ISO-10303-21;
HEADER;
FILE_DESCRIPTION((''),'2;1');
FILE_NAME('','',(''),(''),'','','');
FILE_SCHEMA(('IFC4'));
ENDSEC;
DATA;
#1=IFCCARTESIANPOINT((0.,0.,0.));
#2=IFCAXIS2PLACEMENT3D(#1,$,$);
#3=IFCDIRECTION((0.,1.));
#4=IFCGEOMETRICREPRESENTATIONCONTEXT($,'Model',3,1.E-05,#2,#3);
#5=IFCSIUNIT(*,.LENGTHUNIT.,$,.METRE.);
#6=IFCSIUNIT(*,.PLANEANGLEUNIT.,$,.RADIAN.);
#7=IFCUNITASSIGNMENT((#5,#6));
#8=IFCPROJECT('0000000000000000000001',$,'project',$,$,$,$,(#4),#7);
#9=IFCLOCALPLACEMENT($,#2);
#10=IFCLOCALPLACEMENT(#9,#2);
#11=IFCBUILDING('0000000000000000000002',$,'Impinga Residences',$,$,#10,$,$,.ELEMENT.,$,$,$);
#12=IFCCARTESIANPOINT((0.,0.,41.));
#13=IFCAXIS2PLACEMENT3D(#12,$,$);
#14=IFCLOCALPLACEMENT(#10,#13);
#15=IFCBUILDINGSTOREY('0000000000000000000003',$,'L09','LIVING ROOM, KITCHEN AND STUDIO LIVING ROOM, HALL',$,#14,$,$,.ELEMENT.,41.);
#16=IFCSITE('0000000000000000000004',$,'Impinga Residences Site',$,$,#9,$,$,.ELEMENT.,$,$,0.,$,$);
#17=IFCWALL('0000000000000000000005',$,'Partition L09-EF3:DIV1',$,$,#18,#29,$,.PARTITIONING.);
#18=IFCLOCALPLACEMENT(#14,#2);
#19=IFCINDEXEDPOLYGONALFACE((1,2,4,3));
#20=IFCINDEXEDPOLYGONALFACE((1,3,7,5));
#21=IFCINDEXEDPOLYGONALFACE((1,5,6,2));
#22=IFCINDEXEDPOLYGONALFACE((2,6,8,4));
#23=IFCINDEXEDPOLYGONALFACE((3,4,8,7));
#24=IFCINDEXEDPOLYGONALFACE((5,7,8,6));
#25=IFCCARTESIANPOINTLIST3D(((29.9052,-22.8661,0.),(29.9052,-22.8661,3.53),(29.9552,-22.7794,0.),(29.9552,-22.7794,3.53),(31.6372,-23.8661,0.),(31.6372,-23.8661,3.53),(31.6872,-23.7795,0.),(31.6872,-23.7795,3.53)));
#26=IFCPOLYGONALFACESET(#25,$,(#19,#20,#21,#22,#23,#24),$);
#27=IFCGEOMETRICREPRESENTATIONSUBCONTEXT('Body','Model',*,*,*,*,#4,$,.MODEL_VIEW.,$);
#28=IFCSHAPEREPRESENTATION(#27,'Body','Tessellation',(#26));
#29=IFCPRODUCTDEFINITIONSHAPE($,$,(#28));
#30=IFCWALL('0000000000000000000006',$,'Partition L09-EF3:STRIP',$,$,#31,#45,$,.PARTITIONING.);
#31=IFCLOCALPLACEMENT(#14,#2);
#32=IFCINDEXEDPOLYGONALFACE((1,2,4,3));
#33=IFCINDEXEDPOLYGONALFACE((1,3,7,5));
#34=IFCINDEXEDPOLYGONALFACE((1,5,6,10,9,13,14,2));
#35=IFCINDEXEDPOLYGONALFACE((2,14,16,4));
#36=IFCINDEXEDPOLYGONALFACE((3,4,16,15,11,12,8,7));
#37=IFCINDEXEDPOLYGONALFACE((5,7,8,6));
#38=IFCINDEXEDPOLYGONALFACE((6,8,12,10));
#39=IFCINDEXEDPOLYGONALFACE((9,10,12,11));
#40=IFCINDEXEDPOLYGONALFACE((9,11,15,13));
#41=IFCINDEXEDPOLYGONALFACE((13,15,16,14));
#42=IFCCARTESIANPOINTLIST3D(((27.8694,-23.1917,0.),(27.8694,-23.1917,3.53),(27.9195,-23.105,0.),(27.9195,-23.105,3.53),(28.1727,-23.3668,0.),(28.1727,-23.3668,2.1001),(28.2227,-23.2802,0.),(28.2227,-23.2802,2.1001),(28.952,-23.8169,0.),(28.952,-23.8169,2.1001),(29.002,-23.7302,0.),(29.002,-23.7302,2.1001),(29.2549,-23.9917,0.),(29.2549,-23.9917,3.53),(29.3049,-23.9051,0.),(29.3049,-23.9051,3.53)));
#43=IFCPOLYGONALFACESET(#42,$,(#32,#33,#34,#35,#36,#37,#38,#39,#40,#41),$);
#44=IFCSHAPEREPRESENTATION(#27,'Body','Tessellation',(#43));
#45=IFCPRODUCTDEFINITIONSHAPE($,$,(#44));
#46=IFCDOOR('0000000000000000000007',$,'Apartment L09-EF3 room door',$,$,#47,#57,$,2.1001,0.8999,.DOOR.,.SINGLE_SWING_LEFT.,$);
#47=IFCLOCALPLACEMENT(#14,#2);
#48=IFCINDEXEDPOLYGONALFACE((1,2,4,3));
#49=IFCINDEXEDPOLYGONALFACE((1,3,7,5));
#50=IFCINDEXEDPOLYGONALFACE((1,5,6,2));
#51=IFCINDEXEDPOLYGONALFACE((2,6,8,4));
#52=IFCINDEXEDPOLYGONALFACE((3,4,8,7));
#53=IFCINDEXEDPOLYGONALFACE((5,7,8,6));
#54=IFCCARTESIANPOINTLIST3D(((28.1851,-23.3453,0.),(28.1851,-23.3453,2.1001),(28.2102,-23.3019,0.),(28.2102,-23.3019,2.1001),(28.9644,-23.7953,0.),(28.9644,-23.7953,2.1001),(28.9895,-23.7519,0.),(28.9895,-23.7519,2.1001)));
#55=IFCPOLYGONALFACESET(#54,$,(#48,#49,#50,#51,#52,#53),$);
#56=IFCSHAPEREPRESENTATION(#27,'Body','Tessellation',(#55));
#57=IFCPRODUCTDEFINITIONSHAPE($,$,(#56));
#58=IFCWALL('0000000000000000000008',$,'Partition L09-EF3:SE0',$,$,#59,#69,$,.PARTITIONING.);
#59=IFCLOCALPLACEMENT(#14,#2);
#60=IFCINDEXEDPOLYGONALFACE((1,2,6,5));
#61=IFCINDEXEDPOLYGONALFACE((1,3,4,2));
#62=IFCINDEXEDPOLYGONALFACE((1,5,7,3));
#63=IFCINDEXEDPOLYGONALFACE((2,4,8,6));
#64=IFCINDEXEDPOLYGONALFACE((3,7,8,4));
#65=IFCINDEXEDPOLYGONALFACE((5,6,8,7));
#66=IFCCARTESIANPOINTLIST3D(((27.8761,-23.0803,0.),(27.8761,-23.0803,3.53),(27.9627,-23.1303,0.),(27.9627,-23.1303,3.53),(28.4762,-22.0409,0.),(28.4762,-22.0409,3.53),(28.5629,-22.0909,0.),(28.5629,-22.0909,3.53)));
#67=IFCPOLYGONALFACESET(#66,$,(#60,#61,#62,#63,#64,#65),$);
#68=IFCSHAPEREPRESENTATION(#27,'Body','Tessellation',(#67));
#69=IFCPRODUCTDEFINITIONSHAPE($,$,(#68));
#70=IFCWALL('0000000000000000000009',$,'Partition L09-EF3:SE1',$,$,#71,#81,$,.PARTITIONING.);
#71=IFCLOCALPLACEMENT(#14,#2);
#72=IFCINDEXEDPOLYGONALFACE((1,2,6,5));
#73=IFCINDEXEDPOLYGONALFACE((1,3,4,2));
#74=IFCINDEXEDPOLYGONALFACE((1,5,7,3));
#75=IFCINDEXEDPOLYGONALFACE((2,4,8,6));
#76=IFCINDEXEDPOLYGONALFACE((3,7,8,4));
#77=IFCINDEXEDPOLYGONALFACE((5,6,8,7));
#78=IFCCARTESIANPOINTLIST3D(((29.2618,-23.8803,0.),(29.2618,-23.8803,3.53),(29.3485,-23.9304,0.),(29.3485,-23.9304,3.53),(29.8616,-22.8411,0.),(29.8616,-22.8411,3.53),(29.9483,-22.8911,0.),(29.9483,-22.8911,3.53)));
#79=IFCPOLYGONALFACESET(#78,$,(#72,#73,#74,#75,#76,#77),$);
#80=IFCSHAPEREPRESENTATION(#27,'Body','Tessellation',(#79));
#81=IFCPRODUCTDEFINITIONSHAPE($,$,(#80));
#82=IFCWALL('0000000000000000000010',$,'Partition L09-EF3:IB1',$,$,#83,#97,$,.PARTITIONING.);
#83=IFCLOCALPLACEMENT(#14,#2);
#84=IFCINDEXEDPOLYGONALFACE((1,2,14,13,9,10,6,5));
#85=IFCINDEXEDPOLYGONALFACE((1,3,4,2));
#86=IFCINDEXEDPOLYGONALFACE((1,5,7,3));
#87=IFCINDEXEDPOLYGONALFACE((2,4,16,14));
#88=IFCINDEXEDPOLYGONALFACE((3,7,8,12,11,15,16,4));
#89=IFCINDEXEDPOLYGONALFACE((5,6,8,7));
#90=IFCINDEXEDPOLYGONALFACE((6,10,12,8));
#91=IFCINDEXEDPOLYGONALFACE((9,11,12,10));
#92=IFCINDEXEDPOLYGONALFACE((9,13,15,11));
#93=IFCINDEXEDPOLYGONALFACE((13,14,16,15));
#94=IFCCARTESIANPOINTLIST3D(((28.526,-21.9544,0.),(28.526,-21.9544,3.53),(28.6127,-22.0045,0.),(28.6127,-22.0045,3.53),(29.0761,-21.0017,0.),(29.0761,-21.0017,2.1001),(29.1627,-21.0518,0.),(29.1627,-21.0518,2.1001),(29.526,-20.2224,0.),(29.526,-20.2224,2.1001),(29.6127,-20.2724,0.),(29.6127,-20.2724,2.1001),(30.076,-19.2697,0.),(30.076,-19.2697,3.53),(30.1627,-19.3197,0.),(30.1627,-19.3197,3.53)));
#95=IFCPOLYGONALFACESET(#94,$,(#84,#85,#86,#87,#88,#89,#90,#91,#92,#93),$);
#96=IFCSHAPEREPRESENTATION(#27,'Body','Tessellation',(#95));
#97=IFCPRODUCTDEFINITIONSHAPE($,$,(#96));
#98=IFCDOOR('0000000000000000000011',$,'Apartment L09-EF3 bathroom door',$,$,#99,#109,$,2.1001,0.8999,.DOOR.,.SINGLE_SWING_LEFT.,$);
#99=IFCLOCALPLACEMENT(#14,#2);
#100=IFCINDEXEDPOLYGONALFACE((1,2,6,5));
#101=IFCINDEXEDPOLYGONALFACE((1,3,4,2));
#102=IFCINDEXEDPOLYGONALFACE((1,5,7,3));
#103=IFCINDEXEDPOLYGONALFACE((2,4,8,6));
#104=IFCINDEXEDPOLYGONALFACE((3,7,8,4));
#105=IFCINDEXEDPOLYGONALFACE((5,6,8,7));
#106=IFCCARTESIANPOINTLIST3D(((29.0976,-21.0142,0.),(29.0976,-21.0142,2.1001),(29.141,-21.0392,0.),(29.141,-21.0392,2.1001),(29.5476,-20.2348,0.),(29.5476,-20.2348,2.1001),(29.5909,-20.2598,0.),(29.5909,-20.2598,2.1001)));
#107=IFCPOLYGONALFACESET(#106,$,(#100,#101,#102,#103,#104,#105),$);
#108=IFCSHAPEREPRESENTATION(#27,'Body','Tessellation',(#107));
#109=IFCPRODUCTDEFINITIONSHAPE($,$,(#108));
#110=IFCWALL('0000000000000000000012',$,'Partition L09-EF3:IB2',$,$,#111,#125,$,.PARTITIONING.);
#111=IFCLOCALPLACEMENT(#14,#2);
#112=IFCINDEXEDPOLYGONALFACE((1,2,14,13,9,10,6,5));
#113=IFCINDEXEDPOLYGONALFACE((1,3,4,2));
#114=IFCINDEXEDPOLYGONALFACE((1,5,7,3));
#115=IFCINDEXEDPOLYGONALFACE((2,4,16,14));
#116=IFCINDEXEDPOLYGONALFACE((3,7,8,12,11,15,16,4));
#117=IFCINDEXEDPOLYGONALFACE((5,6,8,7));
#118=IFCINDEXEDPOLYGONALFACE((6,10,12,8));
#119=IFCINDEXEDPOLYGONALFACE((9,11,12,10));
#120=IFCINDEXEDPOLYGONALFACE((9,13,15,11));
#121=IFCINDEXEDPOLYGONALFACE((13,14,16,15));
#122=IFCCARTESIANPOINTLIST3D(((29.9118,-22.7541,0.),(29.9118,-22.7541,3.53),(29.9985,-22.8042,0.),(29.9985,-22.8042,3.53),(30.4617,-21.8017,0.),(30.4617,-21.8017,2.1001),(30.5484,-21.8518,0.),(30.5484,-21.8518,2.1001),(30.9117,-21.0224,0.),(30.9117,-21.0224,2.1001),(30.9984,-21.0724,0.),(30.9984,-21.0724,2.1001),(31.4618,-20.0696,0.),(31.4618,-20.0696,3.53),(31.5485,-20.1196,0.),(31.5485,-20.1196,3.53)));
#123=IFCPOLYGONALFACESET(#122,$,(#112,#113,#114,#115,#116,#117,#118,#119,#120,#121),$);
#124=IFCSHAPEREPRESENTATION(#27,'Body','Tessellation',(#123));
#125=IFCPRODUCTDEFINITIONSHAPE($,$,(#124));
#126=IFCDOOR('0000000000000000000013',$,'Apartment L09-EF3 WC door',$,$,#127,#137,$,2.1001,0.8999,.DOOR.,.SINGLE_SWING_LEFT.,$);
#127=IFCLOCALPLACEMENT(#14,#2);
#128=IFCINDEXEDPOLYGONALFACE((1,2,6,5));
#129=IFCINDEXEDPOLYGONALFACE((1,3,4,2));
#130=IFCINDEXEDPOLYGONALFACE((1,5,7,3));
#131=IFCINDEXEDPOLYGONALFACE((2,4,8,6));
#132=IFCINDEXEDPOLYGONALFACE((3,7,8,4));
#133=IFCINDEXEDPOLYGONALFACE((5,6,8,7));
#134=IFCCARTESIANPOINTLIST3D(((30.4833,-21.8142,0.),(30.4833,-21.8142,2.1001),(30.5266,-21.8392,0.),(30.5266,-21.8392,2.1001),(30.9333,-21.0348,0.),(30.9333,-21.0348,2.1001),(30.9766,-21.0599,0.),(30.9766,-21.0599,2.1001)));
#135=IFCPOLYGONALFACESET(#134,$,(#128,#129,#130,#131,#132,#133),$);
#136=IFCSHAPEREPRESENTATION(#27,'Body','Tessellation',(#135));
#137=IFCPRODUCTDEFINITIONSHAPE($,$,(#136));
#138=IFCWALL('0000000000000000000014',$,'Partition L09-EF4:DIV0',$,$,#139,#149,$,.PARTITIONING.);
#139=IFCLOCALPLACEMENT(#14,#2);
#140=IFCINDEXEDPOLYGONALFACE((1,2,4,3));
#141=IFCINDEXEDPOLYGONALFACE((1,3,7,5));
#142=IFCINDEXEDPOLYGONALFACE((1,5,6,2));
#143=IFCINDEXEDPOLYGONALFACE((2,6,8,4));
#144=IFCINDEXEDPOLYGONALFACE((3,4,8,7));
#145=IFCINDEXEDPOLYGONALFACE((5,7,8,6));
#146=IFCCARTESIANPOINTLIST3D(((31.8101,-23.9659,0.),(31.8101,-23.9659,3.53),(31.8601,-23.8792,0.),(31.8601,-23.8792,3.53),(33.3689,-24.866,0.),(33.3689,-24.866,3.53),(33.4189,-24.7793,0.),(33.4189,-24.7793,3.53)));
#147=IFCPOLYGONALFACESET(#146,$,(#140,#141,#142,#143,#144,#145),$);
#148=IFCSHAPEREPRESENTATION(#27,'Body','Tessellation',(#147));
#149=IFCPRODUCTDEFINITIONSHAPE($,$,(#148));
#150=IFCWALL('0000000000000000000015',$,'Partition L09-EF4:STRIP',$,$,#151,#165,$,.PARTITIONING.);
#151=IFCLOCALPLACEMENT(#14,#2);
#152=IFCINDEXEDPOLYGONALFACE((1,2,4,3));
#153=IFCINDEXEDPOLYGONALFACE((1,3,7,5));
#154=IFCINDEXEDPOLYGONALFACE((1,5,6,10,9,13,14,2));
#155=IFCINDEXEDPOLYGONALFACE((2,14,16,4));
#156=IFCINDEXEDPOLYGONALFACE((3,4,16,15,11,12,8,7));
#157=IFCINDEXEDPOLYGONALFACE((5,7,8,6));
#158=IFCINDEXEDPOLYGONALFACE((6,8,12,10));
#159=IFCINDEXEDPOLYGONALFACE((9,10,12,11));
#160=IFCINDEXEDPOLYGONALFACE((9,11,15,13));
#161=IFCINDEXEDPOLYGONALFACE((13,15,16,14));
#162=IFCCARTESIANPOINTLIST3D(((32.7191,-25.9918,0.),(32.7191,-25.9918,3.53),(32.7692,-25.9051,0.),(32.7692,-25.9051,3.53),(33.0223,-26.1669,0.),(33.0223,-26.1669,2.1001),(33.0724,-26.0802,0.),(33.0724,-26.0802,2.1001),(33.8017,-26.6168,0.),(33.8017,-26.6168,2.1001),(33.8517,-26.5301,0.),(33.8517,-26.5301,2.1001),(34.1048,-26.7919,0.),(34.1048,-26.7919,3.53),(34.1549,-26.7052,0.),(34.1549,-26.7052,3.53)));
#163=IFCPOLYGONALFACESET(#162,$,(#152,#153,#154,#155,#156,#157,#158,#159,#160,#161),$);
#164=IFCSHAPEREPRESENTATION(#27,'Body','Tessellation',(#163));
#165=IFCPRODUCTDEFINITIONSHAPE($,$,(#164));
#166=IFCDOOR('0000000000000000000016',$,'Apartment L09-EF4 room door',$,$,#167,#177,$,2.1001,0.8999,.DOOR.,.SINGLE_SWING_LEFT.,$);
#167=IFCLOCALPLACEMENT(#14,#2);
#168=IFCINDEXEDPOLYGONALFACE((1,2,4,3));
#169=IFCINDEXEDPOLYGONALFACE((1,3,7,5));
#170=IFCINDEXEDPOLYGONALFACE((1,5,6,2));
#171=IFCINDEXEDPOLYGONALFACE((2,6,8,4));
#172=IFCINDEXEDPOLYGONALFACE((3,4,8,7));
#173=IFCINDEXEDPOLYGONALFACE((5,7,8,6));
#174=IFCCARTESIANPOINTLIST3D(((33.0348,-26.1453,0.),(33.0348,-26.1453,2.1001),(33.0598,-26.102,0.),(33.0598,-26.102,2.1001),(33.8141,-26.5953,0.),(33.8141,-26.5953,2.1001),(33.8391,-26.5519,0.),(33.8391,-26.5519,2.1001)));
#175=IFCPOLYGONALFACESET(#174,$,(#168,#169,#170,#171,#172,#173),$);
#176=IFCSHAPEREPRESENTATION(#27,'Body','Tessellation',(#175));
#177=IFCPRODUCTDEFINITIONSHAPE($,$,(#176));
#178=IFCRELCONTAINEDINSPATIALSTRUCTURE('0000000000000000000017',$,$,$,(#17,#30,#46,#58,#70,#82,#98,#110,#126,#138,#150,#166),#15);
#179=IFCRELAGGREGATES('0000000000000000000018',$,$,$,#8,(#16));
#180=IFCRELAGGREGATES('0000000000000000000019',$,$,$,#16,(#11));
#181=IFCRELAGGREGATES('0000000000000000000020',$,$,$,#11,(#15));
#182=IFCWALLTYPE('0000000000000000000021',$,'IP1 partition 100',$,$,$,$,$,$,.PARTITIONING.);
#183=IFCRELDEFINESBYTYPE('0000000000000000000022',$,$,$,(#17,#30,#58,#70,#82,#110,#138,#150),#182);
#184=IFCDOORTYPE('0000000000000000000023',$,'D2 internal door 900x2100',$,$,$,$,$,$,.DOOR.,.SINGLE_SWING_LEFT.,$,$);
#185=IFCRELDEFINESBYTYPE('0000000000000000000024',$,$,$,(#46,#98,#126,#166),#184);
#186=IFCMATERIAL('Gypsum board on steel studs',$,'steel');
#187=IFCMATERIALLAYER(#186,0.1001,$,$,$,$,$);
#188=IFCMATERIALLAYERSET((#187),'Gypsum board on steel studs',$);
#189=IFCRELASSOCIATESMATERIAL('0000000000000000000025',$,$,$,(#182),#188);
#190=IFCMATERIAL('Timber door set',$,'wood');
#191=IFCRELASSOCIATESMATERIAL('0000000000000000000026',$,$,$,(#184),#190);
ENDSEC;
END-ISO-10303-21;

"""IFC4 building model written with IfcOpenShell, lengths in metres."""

from ifc_helpers import new_model, si_unit, direction, frame, frame_2d, origin, place, context, subcontext, project, spatial, rectangle, extrude, material, layer, layer_set, type_object, element, fill, save


model = new_model("IFC4")

# Units and contexts
model_context = context("Model", 3, precision=1e-05, world=origin(), true_north=direction((0.0, 1.0)))
body_context = subcontext(model_context, "Body", "Model", "MODEL_VIEW")
ifc_project = project(units=[si_unit("LENGTHUNIT", "METRE"), si_unit("PLANEANGLEUNIT", "RADIAN")], contexts=[model_context])

# Site, building, storey
site_placement = place(None, origin())
site = spatial("IfcSite", under=ifc_project, at=site_placement, Name="Impinga Residences Site", CompositionType="ELEMENT", RefElevation=0.0)
building_placement = place(site_placement, origin())
building = spatial("IfcBuilding", under=site, at=building_placement, Name="Impinga Residences", CompositionType="ELEMENT")
storey_placement = place(building_placement, frame((0.0, 0.0, 41.0)))
storey = spatial("IfcBuildingStorey", under=building, at=storey_placement, Name="L09", Description="LIVING ROOM, KITCHEN AND STUDIO LIVING ROOM, HALL", CompositionType="ELEMENT", Elevation=41.0)

# Wall
ifc_material_1 = material(Name="Gypsum board on steel studs", Category="steel")
ifc_layer_1 = layer(ifc_material_1, 0.1001)
ifc_layer_set_1 = layer_set([ifc_layer_1], Name="Gypsum board on steel studs")
wall_type_1 = type_object("IfcWallType", Name="IP1 partition 100", PredefinedType="PARTITIONING", material=ifc_layer_set_1)
wall_1_placement = place(storey_placement, frame((29.9302, -22.8228, 0.0), z_axis=(0.0, 0.0, 1.0), x_axis=(0.866011, -0.500025, 0.0)))
element("IfcWall", 1, at=wall_1_placement, inside=storey, type_object=wall_type_1, Name="Partition L09-EF3:DIV1", PredefinedType="PARTITIONING", context=body_context, shape_type="SweptSolid", body=[
    extrude(rectangle(XDim=2.0, YDim=0.1001, at=frame_2d((1.0, 0.0))), origin(), (0.0, 0.0, 1.0), 3.53),
])

# Wall, opening, door
wall_2_placement = place(storey_placement, frame((27.8945, -23.1484, 0.0), z_axis=(0.0, 0.0, 1.0), x_axis=(0.86599, -0.500061, 0.0)))
wall_2 = element("IfcWall", 2, at=wall_2_placement, inside=storey, type_object=wall_type_1, Name="Partition L09-EF3:STRIP", PredefinedType="PARTITIONING", context=body_context, shape_type="SweptSolid", body=[
    extrude(rectangle(XDim=1.5999, YDim=0.1001, at=frame_2d((0.7998, 0.0))), origin(), (0.0, 0.0, 1.0), 3.53),
])
opening_1_placement = place(wall_2_placement, frame((0.3501, 0.0, 0.0)))
opening_1 = element("IfcOpeningElement", 3, at=opening_1_placement, cuts=wall_2, PredefinedType="OPENING", context=body_context, shape_type="SweptSolid", body=[
    extrude(rectangle(XDim=0.8999, YDim=2.1001, at=frame_2d((0.45, 1.05))), frame((0.0, 0.0601, 0.0), z_axis=(0.0, -1.0, 0.0), x_axis=(1.0, 0.0, 0.0)), (0.0, 0.0, 1.0), 0.1201),
])
ifc_material_2 = material(Name="Timber door set", Category="wood")
door_type = type_object("IfcDoorType", Name="D2 internal door 900x2100", OperationType="SINGLE_SWING_LEFT", PredefinedType="DOOR", material=ifc_material_2)
door_1_placement = place(opening_1_placement, origin())
door_1 = element("IfcDoor", 4, at=door_1_placement, inside=storey, type_object=door_type, Name="Apartment L09-EF3 room door", OperationType="SINGLE_SWING_LEFT", OverallHeight=2.1001, OverallWidth=0.8999, PredefinedType="DOOR", context=body_context, shape_type="SweptSolid", body=[
    extrude(rectangle(XDim=0.8999, YDim=2.1001, at=frame_2d((0.45, 1.05))), frame((0.0, 0.0249, 0.0), z_axis=(0.0, -1.0, 0.0), x_axis=(1.0, 0.0, 0.0)), (0.0, 0.0, 1.0), 0.05),
])
fill(opening_1, door_1)

# Walls
wall_3_placement = place(storey_placement, frame((28.5195, -22.0659, 0.0), z_axis=(0.0, 0.0, 1.0), x_axis=(-0.500034, -0.866006, 0.0)))
element("IfcWall", 5, at=wall_3_placement, inside=storey, type_object=wall_type_1, Name="Partition L09-EF3:SE0", PredefinedType="PARTITIONING", context=body_context, shape_type="SweptSolid", body=[
    extrude(rectangle(XDim=1.2002, YDim=0.1001, at=frame_2d((0.6001, 0.0))), origin(), (0.0, 0.0, 1.0), 3.53),
])
wall_4_placement = place(storey_placement, frame((29.905, -22.866, 0.0), z_axis=(0.0, 0.0, 1.0), x_axis=(-0.499881, -0.866094, 0.0)))
element("IfcWall", 6, at=wall_4_placement, inside=storey, type_object=wall_type_1, Name="Partition L09-EF3:SE1", PredefinedType="PARTITIONING", context=body_context, shape_type="SweptSolid", body=[
    extrude(rectangle(XDim=1.2, YDim=0.1001, at=frame_2d((0.6001, 0.0))), origin(), (0.0, 0.0, 1.0), 3.53),
])

# Walls, openings, doors
wall_5_placement = place(storey_placement, frame((30.1194, -19.2947, 0.0), z_axis=(0.0, 0.0, 1.0), x_axis=(-0.499993, -0.86603, 0.0)))
wall_5 = element("IfcWall", 7, at=wall_5_placement, inside=storey, type_object=wall_type_1, Name="Partition L09-EF3:IB1", PredefinedType="PARTITIONING", context=body_context, shape_type="SweptSolid", body=[
    extrude(rectangle(XDim=3.1001, YDim=0.1001, at=frame_2d((1.55, 0.0))), origin(), (0.0, 0.0, 1.0), 3.53),
])
opening_2_placement = place(wall_5_placement, frame((1.1001, 0.0, 0.0)))
opening_2 = element("IfcOpeningElement", 8, at=opening_2_placement, cuts=wall_5, PredefinedType="OPENING", context=body_context, shape_type="SweptSolid", body=[
    extrude(rectangle(XDim=0.8999, YDim=2.1001, at=frame_2d((0.45, 1.05))), frame((0.0, 0.0601, 0.0), z_axis=(0.0, -1.0, 0.0), x_axis=(1.0, 0.0, 0.0)), (0.0, 0.0, 1.0), 0.1201),
])
door_2_placement = place(opening_2_placement, origin())
door_2 = element("IfcDoor", 9, at=door_2_placement, inside=storey, type_object=door_type, Name="Apartment L09-EF3 bathroom door", OperationType="SINGLE_SWING_LEFT", OverallHeight=2.1001, OverallWidth=0.8999, PredefinedType="DOOR", context=body_context, shape_type="SweptSolid", body=[
    extrude(rectangle(XDim=0.8999, YDim=2.1001, at=frame_2d((0.45, 1.05))), frame((0.0, 0.0249, 0.0), z_axis=(0.0, -1.0, 0.0), x_axis=(1.0, 0.0, 0.0)), (0.0, 0.0, 1.0), 0.05),
])
fill(opening_2, door_2)
wall_6_placement = place(storey_placement, frame((31.5051, -20.0947, 0.0), z_axis=(0.0, 0.0, 1.0), x_axis=(-0.500027, -0.86601, 0.0)))
wall_6 = element("IfcWall", 10, at=wall_6_placement, inside=storey, type_object=wall_type_1, Name="Partition L09-EF3:IB2", PredefinedType="PARTITIONING", context=body_context, shape_type="SweptSolid", body=[
    extrude(rectangle(XDim=3.0999, YDim=0.1001, at=frame_2d((1.5498, 0.0))), origin(), (0.0, 0.0, 1.0), 3.53),
])
opening_3_placement = place(wall_6_placement, frame((1.1001, 0.0, 0.0)))
opening_3 = element("IfcOpeningElement", 11, at=opening_3_placement, cuts=wall_6, PredefinedType="OPENING", context=body_context, shape_type="SweptSolid", body=[
    extrude(rectangle(XDim=0.8999, YDim=2.1001, at=frame_2d((0.45, 1.05))), frame((0.0, 0.0601, 0.0), z_axis=(0.0, -1.0, 0.0), x_axis=(1.0, 0.0, 0.0)), (0.0, 0.0, 1.0), 0.1201),
])
door_3_placement = place(opening_3_placement, origin())
door_3 = element("IfcDoor", 12, at=door_3_placement, inside=storey, type_object=door_type, Name="Apartment L09-EF3 WC door", OperationType="SINGLE_SWING_LEFT", OverallHeight=2.1001, OverallWidth=0.8999, PredefinedType="DOOR", context=body_context, shape_type="SweptSolid", body=[
    extrude(rectangle(XDim=0.8999, YDim=2.1001, at=frame_2d((0.45, 1.05))), frame((0.0, 0.0249, 0.0), z_axis=(0.0, -1.0, 0.0), x_axis=(1.0, 0.0, 0.0)), (0.0, 0.0, 1.0), 0.05),
])
fill(opening_3, door_3)

# Wall
wall_7_placement = place(storey_placement, frame((31.8352, -23.9226, 0.0), z_axis=(0.0, 0.0, 1.0), x_axis=(0.865989, -0.500063, 0.0)))
element("IfcWall", 13, at=wall_7_placement, inside=storey, type_object=wall_type_1, Name="Partition L09-EF4:DIV0", PredefinedType="PARTITIONING", context=body_context, shape_type="SweptSolid", body=[
    extrude(rectangle(XDim=1.8, YDim=0.1001, at=frame_2d((0.8999, 0.0))), origin(), (0.0, 0.0, 1.0), 3.53),
])

# Wall, opening, door
wall_8_placement = place(storey_placement, frame((32.7441, -25.9485, 0.0), z_axis=(0.0, 0.0, 1.0), x_axis=(0.866028, -0.499995, 0.0)))
wall_8 = element("IfcWall", 14, at=wall_8_placement, inside=storey, type_object=wall_type_1, Name="Partition L09-EF4:STRIP", PredefinedType="PARTITIONING", context=body_context, shape_type="SweptSolid", body=[
    extrude(rectangle(XDim=1.6001, YDim=0.1001, at=frame_2d((0.8, 0.0))), origin(), (0.0, 0.0, 1.0), 3.53),
])
opening_4_placement = place(wall_8_placement, frame((0.3501, 0.0, 0.0)))
opening_4 = element("IfcOpeningElement", 15, at=opening_4_placement, cuts=wall_8, PredefinedType="OPENING", context=body_context, shape_type="SweptSolid", body=[
    extrude(rectangle(XDim=0.8999, YDim=2.1001, at=frame_2d((0.45, 1.05))), frame((0.0, 0.0601, 0.0), z_axis=(0.0, -1.0, 0.0), x_axis=(1.0, 0.0, 0.0)), (0.0, 0.0, 1.0), 0.1201),
])
door_4_placement = place(opening_4_placement, origin())
door_4 = element("IfcDoor", 16, at=door_4_placement, inside=storey, type_object=door_type, Name="Apartment L09-EF4 room door", OperationType="SINGLE_SWING_LEFT", OverallHeight=2.1001, OverallWidth=0.8999, PredefinedType="DOOR", context=body_context, shape_type="SweptSolid", body=[
    extrude(rectangle(XDim=0.8999, YDim=2.1001, at=frame_2d((0.45, 1.05))), frame((0.0, 0.0249, 0.0), z_axis=(0.0, -1.0, 0.0), x_axis=(1.0, 0.0, 0.0)), (0.0, 0.0, 1.0), 0.05),
])
fill(opening_4, door_4)

save(model, "model.ifc")
